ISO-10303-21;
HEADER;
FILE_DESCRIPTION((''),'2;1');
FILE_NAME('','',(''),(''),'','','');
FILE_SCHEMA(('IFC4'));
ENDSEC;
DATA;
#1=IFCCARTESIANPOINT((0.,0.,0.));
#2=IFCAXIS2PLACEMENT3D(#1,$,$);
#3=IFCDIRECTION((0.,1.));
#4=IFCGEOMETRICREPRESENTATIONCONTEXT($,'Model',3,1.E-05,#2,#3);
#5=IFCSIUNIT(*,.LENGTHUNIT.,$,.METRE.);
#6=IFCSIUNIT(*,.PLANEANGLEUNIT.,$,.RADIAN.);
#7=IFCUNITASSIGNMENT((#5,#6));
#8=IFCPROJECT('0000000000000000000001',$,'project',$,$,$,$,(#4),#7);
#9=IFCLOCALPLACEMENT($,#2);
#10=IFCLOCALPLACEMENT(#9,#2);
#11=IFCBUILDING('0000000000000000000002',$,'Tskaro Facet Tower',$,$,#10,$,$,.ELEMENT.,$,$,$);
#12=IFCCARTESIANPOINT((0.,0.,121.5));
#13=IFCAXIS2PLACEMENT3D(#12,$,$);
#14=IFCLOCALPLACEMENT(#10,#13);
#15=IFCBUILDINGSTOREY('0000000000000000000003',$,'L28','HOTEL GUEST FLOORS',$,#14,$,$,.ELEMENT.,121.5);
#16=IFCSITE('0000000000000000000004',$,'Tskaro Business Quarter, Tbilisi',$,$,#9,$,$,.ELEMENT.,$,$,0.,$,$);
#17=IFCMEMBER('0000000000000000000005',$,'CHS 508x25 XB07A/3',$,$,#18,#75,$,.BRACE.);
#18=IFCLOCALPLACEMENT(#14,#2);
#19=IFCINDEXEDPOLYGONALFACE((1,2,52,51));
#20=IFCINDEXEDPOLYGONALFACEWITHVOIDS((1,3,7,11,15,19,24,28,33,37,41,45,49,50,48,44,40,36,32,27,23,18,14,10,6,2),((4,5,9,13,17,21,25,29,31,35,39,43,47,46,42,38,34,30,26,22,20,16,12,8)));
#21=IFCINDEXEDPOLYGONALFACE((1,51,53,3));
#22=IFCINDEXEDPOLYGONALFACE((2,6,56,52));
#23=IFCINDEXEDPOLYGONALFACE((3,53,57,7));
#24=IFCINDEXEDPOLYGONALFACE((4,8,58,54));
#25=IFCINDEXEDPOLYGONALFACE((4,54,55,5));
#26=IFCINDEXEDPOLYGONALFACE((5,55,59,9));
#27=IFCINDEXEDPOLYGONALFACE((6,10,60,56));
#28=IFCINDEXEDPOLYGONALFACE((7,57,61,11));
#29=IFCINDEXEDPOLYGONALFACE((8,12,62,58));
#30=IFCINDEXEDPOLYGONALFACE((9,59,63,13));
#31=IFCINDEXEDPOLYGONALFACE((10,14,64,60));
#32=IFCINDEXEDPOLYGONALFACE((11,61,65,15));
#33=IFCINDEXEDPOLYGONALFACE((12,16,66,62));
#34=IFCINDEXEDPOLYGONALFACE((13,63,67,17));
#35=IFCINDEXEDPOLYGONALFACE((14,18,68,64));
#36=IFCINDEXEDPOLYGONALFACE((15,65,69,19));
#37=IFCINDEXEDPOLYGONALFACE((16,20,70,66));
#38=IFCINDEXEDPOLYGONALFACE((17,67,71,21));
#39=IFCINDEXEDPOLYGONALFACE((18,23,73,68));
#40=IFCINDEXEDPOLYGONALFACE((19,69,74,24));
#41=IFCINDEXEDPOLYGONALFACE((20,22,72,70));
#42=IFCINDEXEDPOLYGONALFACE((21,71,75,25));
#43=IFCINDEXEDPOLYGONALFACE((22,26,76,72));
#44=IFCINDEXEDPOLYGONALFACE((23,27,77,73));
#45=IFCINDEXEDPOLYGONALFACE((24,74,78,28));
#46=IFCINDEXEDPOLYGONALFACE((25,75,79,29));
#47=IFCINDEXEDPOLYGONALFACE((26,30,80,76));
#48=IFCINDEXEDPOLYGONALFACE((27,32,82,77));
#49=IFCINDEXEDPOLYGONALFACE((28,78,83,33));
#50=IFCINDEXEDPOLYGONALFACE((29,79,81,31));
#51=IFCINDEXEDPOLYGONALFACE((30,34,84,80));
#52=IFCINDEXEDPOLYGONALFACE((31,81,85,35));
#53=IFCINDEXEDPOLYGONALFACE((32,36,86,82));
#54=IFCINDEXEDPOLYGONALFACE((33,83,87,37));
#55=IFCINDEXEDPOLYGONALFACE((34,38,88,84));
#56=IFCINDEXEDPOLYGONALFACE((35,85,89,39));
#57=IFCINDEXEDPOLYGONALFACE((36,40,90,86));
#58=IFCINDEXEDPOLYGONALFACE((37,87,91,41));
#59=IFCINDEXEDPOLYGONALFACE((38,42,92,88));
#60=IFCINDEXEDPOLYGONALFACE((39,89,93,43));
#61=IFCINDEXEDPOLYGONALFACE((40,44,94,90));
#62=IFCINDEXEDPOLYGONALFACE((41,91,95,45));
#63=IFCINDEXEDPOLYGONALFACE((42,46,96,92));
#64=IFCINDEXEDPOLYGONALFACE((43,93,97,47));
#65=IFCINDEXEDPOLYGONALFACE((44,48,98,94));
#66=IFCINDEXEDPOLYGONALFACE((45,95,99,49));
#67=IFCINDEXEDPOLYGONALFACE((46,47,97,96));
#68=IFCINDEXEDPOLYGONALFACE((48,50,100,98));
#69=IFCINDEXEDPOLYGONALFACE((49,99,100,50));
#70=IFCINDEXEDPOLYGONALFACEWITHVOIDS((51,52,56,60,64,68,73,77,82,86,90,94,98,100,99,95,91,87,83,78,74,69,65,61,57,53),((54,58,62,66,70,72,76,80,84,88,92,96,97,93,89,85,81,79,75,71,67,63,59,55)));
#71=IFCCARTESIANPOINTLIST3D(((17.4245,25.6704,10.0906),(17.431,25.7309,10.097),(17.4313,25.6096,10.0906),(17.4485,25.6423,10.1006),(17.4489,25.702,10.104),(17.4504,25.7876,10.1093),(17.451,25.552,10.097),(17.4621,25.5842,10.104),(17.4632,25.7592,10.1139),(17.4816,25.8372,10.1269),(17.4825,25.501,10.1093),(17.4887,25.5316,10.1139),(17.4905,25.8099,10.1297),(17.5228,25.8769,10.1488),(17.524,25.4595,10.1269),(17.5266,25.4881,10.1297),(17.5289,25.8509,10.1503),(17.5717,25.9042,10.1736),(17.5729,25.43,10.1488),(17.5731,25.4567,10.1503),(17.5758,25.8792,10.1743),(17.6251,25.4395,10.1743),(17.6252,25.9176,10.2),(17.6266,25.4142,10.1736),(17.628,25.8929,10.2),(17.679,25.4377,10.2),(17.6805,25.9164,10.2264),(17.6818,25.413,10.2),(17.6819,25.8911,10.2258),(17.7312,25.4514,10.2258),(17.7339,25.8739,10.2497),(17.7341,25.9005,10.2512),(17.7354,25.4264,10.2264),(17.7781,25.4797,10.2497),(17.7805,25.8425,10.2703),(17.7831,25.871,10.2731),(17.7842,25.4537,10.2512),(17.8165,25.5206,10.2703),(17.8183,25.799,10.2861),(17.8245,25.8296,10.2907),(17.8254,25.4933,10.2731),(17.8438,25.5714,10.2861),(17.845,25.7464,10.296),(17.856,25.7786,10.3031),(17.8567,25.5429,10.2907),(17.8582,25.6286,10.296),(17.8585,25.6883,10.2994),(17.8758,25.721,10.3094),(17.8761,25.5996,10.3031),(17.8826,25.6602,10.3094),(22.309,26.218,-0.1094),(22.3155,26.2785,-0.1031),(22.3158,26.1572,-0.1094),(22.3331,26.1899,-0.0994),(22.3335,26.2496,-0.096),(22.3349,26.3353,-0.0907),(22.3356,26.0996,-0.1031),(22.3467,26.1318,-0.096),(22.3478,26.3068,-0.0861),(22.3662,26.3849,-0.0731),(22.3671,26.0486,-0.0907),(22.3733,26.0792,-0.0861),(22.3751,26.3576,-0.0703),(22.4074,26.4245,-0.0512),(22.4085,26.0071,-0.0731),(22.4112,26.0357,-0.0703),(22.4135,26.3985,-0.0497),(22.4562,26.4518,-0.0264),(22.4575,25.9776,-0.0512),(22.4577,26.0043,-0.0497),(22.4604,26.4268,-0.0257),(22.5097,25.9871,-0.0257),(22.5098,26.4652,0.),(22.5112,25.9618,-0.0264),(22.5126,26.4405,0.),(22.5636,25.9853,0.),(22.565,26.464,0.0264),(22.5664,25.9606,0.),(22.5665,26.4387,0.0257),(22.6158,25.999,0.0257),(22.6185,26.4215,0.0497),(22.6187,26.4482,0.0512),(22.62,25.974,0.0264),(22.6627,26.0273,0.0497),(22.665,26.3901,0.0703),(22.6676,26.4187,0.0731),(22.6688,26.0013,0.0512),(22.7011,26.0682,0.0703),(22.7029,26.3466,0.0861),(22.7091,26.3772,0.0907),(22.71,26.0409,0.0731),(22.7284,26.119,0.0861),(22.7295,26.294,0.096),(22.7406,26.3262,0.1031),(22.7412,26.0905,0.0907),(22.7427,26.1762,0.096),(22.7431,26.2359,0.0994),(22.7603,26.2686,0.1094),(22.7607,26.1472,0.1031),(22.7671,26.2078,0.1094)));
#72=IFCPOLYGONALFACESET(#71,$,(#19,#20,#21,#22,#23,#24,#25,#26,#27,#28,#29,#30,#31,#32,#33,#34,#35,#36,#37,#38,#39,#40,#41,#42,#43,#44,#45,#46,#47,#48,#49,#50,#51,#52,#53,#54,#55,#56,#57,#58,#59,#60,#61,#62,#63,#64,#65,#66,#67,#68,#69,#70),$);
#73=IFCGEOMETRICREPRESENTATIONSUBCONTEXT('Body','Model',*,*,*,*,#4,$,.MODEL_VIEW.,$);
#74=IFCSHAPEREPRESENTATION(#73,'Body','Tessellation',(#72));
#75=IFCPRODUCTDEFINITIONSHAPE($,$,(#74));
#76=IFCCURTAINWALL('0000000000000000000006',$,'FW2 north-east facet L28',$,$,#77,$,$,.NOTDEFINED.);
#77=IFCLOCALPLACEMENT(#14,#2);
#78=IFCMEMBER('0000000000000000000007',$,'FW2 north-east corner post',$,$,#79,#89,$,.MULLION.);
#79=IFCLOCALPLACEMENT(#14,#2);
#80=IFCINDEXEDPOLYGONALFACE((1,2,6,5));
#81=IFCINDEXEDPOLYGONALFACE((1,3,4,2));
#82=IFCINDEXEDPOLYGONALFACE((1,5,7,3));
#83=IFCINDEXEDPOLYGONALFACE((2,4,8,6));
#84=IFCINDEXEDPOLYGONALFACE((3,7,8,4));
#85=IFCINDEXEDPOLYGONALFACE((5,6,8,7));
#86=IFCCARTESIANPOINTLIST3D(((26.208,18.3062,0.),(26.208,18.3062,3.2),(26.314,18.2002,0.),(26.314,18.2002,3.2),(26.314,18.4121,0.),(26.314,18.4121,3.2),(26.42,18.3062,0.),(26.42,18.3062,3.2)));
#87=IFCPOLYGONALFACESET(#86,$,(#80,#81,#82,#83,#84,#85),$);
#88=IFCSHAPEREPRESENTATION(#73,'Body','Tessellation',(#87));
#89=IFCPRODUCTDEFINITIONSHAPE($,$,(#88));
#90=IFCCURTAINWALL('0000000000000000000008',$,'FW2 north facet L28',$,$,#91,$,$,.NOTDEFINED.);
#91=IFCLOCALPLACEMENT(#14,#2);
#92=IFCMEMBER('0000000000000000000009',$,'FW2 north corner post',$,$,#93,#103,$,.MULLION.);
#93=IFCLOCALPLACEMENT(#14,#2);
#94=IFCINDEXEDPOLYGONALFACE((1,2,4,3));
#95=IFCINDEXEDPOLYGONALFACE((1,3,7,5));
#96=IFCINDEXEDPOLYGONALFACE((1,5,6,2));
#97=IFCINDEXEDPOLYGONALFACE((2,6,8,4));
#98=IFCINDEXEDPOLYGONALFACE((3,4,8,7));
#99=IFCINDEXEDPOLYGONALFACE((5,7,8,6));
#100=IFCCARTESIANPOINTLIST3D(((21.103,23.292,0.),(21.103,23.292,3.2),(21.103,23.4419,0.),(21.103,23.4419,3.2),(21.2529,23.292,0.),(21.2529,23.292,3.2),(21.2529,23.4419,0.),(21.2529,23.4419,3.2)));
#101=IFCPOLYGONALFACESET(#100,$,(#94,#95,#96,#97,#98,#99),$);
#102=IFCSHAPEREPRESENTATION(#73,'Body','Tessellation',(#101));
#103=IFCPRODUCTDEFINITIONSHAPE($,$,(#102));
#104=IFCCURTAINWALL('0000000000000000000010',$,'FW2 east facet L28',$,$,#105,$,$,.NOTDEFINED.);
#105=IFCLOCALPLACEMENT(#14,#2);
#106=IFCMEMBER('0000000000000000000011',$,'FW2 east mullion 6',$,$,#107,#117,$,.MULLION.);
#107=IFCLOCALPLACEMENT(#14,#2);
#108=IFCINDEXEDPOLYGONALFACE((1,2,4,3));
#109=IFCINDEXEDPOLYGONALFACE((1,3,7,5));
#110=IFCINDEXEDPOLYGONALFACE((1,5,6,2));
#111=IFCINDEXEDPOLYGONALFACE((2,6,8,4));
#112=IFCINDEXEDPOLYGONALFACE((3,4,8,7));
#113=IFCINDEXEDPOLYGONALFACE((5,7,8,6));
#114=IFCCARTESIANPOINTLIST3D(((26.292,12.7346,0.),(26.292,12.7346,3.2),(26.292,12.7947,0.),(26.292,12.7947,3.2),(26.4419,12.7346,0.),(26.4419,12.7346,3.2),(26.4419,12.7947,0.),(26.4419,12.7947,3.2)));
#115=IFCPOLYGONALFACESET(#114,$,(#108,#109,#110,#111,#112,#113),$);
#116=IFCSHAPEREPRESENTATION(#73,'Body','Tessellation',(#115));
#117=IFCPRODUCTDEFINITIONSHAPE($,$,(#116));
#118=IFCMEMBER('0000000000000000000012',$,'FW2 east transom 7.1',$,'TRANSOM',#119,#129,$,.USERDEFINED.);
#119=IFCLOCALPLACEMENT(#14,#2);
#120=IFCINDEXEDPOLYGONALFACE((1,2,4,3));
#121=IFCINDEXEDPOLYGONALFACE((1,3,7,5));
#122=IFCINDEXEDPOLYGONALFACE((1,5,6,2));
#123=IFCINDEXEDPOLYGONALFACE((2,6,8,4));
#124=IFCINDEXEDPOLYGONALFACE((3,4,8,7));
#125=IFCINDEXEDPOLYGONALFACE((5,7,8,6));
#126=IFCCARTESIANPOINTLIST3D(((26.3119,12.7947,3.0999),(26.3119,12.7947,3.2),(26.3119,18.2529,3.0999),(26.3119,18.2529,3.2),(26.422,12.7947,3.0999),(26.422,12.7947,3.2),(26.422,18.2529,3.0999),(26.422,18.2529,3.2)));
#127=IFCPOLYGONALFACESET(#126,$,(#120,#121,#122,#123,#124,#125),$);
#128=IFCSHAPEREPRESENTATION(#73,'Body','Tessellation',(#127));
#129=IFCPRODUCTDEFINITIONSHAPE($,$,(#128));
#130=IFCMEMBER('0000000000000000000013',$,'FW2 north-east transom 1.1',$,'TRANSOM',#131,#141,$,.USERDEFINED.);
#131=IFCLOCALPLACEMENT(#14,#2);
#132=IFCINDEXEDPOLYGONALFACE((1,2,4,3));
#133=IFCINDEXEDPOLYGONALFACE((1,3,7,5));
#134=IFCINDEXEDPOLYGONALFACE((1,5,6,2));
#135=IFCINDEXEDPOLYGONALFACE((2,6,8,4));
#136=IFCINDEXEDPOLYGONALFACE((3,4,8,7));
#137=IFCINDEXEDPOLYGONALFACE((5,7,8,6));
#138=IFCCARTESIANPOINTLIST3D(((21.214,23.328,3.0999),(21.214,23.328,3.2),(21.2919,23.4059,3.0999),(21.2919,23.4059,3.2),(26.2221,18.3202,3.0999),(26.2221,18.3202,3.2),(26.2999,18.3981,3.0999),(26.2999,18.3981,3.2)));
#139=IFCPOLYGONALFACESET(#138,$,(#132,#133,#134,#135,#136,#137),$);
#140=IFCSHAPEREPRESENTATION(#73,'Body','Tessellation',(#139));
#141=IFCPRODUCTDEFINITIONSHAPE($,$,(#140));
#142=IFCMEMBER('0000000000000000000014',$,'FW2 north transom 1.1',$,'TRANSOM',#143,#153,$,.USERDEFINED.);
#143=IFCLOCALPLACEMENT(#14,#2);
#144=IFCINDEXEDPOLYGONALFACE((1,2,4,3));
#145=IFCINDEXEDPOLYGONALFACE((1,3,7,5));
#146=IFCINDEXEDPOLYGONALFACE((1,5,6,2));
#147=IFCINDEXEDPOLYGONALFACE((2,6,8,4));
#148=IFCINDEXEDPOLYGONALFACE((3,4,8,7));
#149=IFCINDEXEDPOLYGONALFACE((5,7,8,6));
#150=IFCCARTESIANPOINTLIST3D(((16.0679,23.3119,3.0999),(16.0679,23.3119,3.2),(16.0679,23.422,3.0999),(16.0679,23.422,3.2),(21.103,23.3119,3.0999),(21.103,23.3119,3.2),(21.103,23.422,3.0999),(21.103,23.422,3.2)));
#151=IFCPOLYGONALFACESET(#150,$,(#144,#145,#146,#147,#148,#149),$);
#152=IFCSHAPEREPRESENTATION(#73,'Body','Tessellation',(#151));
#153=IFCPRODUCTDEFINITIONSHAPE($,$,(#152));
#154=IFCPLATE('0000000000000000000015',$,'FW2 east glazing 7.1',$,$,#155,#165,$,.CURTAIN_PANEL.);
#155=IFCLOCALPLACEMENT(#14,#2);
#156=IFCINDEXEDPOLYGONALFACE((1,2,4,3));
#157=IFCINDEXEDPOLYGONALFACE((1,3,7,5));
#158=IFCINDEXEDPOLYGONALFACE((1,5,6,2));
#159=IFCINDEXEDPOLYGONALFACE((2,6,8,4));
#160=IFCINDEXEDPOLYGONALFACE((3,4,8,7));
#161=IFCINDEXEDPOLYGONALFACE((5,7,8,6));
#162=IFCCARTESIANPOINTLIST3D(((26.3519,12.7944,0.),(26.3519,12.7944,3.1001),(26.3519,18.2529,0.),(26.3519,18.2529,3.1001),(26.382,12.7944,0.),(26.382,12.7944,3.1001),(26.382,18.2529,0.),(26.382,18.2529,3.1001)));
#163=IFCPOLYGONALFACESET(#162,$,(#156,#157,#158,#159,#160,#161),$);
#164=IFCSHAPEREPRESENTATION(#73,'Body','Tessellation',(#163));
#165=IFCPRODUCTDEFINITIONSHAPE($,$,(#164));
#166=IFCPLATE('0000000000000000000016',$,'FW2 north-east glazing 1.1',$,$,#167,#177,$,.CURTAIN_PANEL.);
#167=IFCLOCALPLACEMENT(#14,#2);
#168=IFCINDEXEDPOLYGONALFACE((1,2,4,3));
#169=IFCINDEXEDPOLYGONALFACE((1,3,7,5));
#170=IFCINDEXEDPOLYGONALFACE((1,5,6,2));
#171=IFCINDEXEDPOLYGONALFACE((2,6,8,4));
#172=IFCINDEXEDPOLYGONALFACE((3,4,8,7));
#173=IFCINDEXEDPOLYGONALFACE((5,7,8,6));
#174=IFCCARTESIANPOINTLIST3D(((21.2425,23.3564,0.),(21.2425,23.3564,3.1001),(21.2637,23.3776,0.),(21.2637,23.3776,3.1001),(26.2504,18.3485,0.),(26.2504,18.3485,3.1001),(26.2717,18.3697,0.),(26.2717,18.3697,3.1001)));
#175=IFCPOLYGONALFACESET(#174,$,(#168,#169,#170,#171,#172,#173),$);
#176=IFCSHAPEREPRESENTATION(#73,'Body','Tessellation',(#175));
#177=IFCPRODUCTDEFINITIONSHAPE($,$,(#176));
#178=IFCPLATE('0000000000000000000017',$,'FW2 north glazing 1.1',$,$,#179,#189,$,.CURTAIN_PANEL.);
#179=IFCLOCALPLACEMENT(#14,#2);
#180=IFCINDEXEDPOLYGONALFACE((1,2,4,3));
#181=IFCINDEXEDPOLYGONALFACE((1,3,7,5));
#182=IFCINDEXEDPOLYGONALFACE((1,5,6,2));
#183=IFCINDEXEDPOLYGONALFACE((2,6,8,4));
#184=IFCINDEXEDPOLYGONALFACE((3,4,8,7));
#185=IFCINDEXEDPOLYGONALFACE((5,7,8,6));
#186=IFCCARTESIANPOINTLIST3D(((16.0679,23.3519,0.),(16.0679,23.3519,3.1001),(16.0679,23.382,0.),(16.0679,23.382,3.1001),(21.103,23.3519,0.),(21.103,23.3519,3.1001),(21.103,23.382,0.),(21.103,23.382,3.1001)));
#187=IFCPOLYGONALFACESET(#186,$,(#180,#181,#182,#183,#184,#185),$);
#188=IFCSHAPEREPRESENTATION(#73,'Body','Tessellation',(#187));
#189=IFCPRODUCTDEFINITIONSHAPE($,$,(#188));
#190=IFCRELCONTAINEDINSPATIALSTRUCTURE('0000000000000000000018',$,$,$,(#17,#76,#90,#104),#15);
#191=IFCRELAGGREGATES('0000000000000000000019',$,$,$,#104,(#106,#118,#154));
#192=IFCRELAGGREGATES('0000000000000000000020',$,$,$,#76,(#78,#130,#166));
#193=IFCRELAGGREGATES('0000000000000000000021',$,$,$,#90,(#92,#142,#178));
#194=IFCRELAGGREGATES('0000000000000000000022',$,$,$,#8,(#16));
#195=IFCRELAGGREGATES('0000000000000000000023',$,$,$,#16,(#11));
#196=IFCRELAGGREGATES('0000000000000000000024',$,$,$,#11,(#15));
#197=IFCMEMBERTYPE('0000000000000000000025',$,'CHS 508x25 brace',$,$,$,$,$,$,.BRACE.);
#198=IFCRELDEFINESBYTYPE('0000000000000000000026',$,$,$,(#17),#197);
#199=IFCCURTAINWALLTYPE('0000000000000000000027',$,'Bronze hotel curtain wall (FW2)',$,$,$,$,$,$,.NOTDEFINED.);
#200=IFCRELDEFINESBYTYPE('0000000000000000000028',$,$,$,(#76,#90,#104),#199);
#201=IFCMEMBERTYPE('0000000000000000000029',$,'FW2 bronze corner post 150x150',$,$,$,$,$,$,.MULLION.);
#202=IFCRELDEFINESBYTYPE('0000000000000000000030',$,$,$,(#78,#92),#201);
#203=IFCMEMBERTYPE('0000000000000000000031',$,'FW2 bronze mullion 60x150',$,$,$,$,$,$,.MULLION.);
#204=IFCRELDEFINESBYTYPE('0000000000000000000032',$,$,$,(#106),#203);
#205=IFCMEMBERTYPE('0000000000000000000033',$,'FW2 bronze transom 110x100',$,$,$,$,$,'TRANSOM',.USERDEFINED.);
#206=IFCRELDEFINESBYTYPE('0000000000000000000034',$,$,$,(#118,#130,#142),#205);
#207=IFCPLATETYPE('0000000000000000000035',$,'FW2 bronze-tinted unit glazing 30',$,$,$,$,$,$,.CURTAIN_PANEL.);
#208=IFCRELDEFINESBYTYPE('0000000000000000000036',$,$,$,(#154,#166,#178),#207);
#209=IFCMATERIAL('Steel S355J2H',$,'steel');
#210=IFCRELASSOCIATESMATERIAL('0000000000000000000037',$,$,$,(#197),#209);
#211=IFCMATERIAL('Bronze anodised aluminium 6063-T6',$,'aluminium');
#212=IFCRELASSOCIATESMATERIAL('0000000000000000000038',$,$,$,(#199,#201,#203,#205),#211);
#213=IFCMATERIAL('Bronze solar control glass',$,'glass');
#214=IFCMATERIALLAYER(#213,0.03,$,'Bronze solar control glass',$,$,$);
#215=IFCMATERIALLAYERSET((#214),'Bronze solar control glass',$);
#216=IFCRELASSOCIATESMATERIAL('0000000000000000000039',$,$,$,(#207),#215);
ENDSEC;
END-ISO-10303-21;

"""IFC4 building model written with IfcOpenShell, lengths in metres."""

from ifc_helpers import new_model, si_unit, direction, frame, origin, origin_2d, place, context, subcontext, project, spatial, rectangle, hollow_circle, extrude, material, layer, layer_set, material_profile, profile_set, type_object, element, aggregate, save


model = new_model("IFC4")

# Units and contexts
model_context = context("Model", 3, precision=1e-05, world=origin(), true_north=direction((0.0, 1.0)))
body_context = subcontext(model_context, "Body", "Model", "MODEL_VIEW")
ifc_project = project(units=[si_unit("LENGTHUNIT", "METRE"), si_unit("PLANEANGLEUNIT", "RADIAN")], contexts=[model_context])

# Site, building, storey
site_placement = place(None, origin())
site = spatial("IfcSite", under=ifc_project, at=site_placement, Name="Tskaro Business Quarter, Tbilisi", CompositionType="ELEMENT", RefElevation=0.0)
building_placement = place(site_placement, origin())
building = spatial("IfcBuilding", under=site, at=building_placement, Name="Tskaro Facet Tower", CompositionType="ELEMENT")
storey_placement = place(building_placement, frame((0.0, 0.0, 121.5)))
storey = spatial("IfcBuildingStorey", under=building, at=storey_placement, Name="L28", Description="HOTEL GUEST FLOORS", CompositionType="ELEMENT", Elevation=121.5)

# Shared definitions
ifc_material_1 = material(Name="Steel S355J2H", Category="steel")

# Member
ifc_material_profile_1 = material_profile(ifc_material_1, hollow_circle(Radius=0.2539, WallThickness=0.0249, at=origin_2d()), Name="CHS 508x25")
ifc_profile_set_1 = profile_set([ifc_material_profile_1], Name="Steel S355J2H")
member_type_1 = type_object("IfcMemberType", Name="CHS 508x25 brace", PredefinedType="BRACE", material=ifc_profile_set_1)
member_1_placement = place(storey_placement, frame((22.5381, 26.2129, 0.0), z_axis=(-0.431402, -0.048365, 0.900862), x_axis=(0.111413, -0.993774, 0.0)))
element("IfcMember", 1, at=member_1_placement, inside=storey, type_object=member_type_1, Name="CHS 508x25 XB07A/3", PredefinedType="BRACE", context=body_context, shape_type="SweptSolid", body=[
    extrude(hollow_circle(Radius=0.2539, WallThickness=0.0249, at=origin_2d()), origin(), (0.0, 0.0, 1.0), 11.3225),
])

# Curtain walls, members
ifc_material_2 = material(Name="Bronze anodised aluminium 6063-T6", Category="aluminium")
curtain_wall_type = type_object("IfcCurtainWallType", Name="Bronze hotel curtain wall (FW2)", PredefinedType="NOTDEFINED", material=ifc_material_2)
curtain_wall_1_placement = place(storey_placement, origin())
curtain_wall_1 = element("IfcCurtainWall", 2, at=curtain_wall_1_placement, inside=storey, type_object=curtain_wall_type, Name="FW2 north-east facet L28", PredefinedType="NOTDEFINED")
ifc_material_profile_2 = material_profile(ifc_material_2, rectangle(XDim=0.1499, YDim=0.1499, at=origin_2d()), Name="Corner post 150x150")
ifc_profile_set_2 = profile_set([ifc_material_profile_2], Name="Bronze anodised aluminium 6063-T6")
member_type_2 = type_object("IfcMemberType", Name="FW2 bronze corner post 150x150", PredefinedType="MULLION", material=ifc_profile_set_2)
member_2_placement = place(storey_placement, frame((26.314, 18.3062, 0.0), z_axis=(0.0, 0.0, 1.0), x_axis=(-0.707107, 0.707107, 0.0)))
member_2 = element("IfcMember", 3, at=member_2_placement, type_object=member_type_2, Name="FW2 north-east corner post", PredefinedType="MULLION", context=body_context, shape_type="SweptSolid", body=[
    extrude(rectangle(XDim=0.1499, YDim=0.1499, at=origin_2d()), origin(), (0.0, 0.0, 1.0), 3.2),
])
curtain_wall_2_placement = place(storey_placement, origin())
curtain_wall_2 = element("IfcCurtainWall", 4, at=curtain_wall_2_placement, inside=storey, type_object=curtain_wall_type, Name="FW2 north facet L28", PredefinedType="NOTDEFINED")
member_3_placement = place(storey_placement, frame((21.178, 23.3669, 0.0), z_axis=(0.0, 0.0, 1.0), x_axis=(-1.0, 0.0, 0.0)))
member_3 = element("IfcMember", 5, at=member_3_placement, type_object=member_type_2, Name="FW2 north corner post", PredefinedType="MULLION", context=body_context, shape_type="SweptSolid", body=[
    extrude(rectangle(XDim=0.1499, YDim=0.1499, at=origin_2d()), origin(), (0.0, 0.0, 1.0), 3.2),
])

# Curtain wall, members
curtain_wall_3_placement = place(storey_placement, origin())
curtain_wall_3 = element("IfcCurtainWall", 6, at=curtain_wall_3_placement, inside=storey, type_object=curtain_wall_type, Name="FW2 east facet L28", PredefinedType="NOTDEFINED")
ifc_material_profile_3 = material_profile(ifc_material_2, rectangle(XDim=0.0601, YDim=0.1499, at=origin_2d()), Name="Mullion 60x150")
ifc_profile_set_3 = profile_set([ifc_material_profile_3], Name="Bronze anodised aluminium 6063-T6")
member_type_3 = type_object("IfcMemberType", Name="FW2 bronze mullion 60x150", PredefinedType="MULLION", material=ifc_profile_set_3)
member_4_placement = place(storey_placement, frame((26.3669, 12.7646, 0.0), z_axis=(0.0, 0.0, 1.0), x_axis=(0.0, 1.0, 0.0)))
member_4 = element("IfcMember", 7, at=member_4_placement, type_object=member_type_3, Name="FW2 east mullion 6", PredefinedType="MULLION", context=body_context, shape_type="SweptSolid", body=[
    extrude(rectangle(XDim=0.0601, YDim=0.1499, at=origin_2d()), origin(), (0.0, 0.0, 1.0), 3.2),
])
ifc_material_profile_4 = material_profile(ifc_material_2, rectangle(XDim=0.1101, YDim=0.1001, at=origin_2d()), Name="Transom 110x100")
ifc_profile_set_4 = profile_set([ifc_material_profile_4], Name="Bronze anodised aluminium 6063-T6")
member_type_4 = type_object("IfcMemberType", Name="FW2 bronze transom 110x100", ElementType="TRANSOM", PredefinedType="USERDEFINED", material=ifc_profile_set_4)
member_5_placement = place(storey_placement, frame((26.3669, 12.7947, 3.1499), z_axis=(0.0, 1.0, 0.0), x_axis=(-1.0, 0.0, 0.0)))
member_5 = element("IfcMember", 8, at=member_5_placement, type_object=member_type_4, Name="FW2 east transom 7.1", ObjectType="TRANSOM", PredefinedType="USERDEFINED", context=body_context, shape_type="SweptSolid", body=[
    extrude(rectangle(XDim=0.1101, YDim=0.1001, at=origin_2d()), origin(), (0.0, 0.0, 1.0), 5.4583),
])

# Members
member_6_placement = place(storey_placement, frame((26.261, 18.3591, 3.1499), z_axis=(-0.707124, 0.70709, 0.0), x_axis=(-0.70709, -0.707124, 0.0)))
member_6 = element("IfcMember", 9, at=member_6_placement, type_object=member_type_4, Name="FW2 north-east transom 1.1", ObjectType="TRANSOM", PredefinedType="USERDEFINED", context=body_context, shape_type="SweptSolid", body=[
    extrude(rectangle(XDim=0.1101, YDim=0.1001, at=origin_2d()), origin(), (0.0, 0.0, 1.0), 7.0823),
])
member_7_placement = place(storey_placement, frame((21.103, 23.3669, 3.1499), z_axis=(-1.0, 0.0, 0.0), x_axis=(0.0, -1.0, 0.0)))
member_7 = element("IfcMember", 10, at=member_7_placement, type_object=member_type_4, Name="FW2 north transom 1.1", ObjectType="TRANSOM", PredefinedType="USERDEFINED", context=body_context, shape_type="SweptSolid", body=[
    extrude(rectangle(XDim=0.1101, YDim=0.1001, at=origin_2d()), origin(), (0.0, 0.0, 1.0), 5.0352),
])

# Plates
ifc_material_3 = material(Name="Bronze solar control glass", Category="glass")
ifc_layer_1 = layer(ifc_material_3, 0.03, Name="Bronze solar control glass")
ifc_layer_set_1 = layer_set([ifc_layer_1], Name="Bronze solar control glass")
plate_type = type_object("IfcPlateType", Name="FW2 bronze-tinted unit glazing 30", PredefinedType="CURTAIN_PANEL", material=ifc_layer_set_1)
plate_1_placement = place(storey_placement, frame((26.3669, 15.5237, 0.0), z_axis=(0.0, 0.0, 1.0), x_axis=(0.0, 1.0, 0.0)))
plate_1 = element("IfcPlate", 11, at=plate_1_placement, type_object=plate_type, Name="FW2 east glazing 7.1", PredefinedType="CURTAIN_PANEL", context=body_context, shape_type="SweptSolid", body=[
    extrude(rectangle(XDim=5.4585, YDim=0.03, at=origin_2d()), origin(), (0.0, 0.0, 1.0), 3.1001),
])
aggregate(curtain_wall_3, [member_4, member_5, plate_1])
plate_2_placement = place(storey_placement, frame((23.7571, 20.863, 0.0), z_axis=(0.0, 0.0, 1.0), x_axis=(-0.707107, 0.707107, 0.0)))
plate_2 = element("IfcPlate", 12, at=plate_2_placement, type_object=plate_type, Name="FW2 north-east glazing 1.1", PredefinedType="CURTAIN_PANEL", context=body_context, shape_type="SweptSolid", body=[
    extrude(rectangle(XDim=7.0823, YDim=0.03, at=origin_2d()), origin(), (0.0, 0.0, 1.0), 3.1001),
])
aggregate(curtain_wall_1, [member_2, member_6, plate_2])
plate_3_placement = place(storey_placement, frame((18.5854, 23.3669, 0.0), z_axis=(0.0, 0.0, 1.0), x_axis=(-1.0, 0.0, 0.0)))
plate_3 = element("IfcPlate", 13, at=plate_3_placement, type_object=plate_type, Name="FW2 north glazing 1.1", PredefinedType="CURTAIN_PANEL", context=body_context, shape_type="SweptSolid", body=[
    extrude(rectangle(XDim=5.0352, YDim=0.03, at=origin_2d()), origin(), (0.0, 0.0, 1.0), 3.1001),
])
aggregate(curtain_wall_2, [member_3, member_7, plate_3])

save(model, "model.ifc")
